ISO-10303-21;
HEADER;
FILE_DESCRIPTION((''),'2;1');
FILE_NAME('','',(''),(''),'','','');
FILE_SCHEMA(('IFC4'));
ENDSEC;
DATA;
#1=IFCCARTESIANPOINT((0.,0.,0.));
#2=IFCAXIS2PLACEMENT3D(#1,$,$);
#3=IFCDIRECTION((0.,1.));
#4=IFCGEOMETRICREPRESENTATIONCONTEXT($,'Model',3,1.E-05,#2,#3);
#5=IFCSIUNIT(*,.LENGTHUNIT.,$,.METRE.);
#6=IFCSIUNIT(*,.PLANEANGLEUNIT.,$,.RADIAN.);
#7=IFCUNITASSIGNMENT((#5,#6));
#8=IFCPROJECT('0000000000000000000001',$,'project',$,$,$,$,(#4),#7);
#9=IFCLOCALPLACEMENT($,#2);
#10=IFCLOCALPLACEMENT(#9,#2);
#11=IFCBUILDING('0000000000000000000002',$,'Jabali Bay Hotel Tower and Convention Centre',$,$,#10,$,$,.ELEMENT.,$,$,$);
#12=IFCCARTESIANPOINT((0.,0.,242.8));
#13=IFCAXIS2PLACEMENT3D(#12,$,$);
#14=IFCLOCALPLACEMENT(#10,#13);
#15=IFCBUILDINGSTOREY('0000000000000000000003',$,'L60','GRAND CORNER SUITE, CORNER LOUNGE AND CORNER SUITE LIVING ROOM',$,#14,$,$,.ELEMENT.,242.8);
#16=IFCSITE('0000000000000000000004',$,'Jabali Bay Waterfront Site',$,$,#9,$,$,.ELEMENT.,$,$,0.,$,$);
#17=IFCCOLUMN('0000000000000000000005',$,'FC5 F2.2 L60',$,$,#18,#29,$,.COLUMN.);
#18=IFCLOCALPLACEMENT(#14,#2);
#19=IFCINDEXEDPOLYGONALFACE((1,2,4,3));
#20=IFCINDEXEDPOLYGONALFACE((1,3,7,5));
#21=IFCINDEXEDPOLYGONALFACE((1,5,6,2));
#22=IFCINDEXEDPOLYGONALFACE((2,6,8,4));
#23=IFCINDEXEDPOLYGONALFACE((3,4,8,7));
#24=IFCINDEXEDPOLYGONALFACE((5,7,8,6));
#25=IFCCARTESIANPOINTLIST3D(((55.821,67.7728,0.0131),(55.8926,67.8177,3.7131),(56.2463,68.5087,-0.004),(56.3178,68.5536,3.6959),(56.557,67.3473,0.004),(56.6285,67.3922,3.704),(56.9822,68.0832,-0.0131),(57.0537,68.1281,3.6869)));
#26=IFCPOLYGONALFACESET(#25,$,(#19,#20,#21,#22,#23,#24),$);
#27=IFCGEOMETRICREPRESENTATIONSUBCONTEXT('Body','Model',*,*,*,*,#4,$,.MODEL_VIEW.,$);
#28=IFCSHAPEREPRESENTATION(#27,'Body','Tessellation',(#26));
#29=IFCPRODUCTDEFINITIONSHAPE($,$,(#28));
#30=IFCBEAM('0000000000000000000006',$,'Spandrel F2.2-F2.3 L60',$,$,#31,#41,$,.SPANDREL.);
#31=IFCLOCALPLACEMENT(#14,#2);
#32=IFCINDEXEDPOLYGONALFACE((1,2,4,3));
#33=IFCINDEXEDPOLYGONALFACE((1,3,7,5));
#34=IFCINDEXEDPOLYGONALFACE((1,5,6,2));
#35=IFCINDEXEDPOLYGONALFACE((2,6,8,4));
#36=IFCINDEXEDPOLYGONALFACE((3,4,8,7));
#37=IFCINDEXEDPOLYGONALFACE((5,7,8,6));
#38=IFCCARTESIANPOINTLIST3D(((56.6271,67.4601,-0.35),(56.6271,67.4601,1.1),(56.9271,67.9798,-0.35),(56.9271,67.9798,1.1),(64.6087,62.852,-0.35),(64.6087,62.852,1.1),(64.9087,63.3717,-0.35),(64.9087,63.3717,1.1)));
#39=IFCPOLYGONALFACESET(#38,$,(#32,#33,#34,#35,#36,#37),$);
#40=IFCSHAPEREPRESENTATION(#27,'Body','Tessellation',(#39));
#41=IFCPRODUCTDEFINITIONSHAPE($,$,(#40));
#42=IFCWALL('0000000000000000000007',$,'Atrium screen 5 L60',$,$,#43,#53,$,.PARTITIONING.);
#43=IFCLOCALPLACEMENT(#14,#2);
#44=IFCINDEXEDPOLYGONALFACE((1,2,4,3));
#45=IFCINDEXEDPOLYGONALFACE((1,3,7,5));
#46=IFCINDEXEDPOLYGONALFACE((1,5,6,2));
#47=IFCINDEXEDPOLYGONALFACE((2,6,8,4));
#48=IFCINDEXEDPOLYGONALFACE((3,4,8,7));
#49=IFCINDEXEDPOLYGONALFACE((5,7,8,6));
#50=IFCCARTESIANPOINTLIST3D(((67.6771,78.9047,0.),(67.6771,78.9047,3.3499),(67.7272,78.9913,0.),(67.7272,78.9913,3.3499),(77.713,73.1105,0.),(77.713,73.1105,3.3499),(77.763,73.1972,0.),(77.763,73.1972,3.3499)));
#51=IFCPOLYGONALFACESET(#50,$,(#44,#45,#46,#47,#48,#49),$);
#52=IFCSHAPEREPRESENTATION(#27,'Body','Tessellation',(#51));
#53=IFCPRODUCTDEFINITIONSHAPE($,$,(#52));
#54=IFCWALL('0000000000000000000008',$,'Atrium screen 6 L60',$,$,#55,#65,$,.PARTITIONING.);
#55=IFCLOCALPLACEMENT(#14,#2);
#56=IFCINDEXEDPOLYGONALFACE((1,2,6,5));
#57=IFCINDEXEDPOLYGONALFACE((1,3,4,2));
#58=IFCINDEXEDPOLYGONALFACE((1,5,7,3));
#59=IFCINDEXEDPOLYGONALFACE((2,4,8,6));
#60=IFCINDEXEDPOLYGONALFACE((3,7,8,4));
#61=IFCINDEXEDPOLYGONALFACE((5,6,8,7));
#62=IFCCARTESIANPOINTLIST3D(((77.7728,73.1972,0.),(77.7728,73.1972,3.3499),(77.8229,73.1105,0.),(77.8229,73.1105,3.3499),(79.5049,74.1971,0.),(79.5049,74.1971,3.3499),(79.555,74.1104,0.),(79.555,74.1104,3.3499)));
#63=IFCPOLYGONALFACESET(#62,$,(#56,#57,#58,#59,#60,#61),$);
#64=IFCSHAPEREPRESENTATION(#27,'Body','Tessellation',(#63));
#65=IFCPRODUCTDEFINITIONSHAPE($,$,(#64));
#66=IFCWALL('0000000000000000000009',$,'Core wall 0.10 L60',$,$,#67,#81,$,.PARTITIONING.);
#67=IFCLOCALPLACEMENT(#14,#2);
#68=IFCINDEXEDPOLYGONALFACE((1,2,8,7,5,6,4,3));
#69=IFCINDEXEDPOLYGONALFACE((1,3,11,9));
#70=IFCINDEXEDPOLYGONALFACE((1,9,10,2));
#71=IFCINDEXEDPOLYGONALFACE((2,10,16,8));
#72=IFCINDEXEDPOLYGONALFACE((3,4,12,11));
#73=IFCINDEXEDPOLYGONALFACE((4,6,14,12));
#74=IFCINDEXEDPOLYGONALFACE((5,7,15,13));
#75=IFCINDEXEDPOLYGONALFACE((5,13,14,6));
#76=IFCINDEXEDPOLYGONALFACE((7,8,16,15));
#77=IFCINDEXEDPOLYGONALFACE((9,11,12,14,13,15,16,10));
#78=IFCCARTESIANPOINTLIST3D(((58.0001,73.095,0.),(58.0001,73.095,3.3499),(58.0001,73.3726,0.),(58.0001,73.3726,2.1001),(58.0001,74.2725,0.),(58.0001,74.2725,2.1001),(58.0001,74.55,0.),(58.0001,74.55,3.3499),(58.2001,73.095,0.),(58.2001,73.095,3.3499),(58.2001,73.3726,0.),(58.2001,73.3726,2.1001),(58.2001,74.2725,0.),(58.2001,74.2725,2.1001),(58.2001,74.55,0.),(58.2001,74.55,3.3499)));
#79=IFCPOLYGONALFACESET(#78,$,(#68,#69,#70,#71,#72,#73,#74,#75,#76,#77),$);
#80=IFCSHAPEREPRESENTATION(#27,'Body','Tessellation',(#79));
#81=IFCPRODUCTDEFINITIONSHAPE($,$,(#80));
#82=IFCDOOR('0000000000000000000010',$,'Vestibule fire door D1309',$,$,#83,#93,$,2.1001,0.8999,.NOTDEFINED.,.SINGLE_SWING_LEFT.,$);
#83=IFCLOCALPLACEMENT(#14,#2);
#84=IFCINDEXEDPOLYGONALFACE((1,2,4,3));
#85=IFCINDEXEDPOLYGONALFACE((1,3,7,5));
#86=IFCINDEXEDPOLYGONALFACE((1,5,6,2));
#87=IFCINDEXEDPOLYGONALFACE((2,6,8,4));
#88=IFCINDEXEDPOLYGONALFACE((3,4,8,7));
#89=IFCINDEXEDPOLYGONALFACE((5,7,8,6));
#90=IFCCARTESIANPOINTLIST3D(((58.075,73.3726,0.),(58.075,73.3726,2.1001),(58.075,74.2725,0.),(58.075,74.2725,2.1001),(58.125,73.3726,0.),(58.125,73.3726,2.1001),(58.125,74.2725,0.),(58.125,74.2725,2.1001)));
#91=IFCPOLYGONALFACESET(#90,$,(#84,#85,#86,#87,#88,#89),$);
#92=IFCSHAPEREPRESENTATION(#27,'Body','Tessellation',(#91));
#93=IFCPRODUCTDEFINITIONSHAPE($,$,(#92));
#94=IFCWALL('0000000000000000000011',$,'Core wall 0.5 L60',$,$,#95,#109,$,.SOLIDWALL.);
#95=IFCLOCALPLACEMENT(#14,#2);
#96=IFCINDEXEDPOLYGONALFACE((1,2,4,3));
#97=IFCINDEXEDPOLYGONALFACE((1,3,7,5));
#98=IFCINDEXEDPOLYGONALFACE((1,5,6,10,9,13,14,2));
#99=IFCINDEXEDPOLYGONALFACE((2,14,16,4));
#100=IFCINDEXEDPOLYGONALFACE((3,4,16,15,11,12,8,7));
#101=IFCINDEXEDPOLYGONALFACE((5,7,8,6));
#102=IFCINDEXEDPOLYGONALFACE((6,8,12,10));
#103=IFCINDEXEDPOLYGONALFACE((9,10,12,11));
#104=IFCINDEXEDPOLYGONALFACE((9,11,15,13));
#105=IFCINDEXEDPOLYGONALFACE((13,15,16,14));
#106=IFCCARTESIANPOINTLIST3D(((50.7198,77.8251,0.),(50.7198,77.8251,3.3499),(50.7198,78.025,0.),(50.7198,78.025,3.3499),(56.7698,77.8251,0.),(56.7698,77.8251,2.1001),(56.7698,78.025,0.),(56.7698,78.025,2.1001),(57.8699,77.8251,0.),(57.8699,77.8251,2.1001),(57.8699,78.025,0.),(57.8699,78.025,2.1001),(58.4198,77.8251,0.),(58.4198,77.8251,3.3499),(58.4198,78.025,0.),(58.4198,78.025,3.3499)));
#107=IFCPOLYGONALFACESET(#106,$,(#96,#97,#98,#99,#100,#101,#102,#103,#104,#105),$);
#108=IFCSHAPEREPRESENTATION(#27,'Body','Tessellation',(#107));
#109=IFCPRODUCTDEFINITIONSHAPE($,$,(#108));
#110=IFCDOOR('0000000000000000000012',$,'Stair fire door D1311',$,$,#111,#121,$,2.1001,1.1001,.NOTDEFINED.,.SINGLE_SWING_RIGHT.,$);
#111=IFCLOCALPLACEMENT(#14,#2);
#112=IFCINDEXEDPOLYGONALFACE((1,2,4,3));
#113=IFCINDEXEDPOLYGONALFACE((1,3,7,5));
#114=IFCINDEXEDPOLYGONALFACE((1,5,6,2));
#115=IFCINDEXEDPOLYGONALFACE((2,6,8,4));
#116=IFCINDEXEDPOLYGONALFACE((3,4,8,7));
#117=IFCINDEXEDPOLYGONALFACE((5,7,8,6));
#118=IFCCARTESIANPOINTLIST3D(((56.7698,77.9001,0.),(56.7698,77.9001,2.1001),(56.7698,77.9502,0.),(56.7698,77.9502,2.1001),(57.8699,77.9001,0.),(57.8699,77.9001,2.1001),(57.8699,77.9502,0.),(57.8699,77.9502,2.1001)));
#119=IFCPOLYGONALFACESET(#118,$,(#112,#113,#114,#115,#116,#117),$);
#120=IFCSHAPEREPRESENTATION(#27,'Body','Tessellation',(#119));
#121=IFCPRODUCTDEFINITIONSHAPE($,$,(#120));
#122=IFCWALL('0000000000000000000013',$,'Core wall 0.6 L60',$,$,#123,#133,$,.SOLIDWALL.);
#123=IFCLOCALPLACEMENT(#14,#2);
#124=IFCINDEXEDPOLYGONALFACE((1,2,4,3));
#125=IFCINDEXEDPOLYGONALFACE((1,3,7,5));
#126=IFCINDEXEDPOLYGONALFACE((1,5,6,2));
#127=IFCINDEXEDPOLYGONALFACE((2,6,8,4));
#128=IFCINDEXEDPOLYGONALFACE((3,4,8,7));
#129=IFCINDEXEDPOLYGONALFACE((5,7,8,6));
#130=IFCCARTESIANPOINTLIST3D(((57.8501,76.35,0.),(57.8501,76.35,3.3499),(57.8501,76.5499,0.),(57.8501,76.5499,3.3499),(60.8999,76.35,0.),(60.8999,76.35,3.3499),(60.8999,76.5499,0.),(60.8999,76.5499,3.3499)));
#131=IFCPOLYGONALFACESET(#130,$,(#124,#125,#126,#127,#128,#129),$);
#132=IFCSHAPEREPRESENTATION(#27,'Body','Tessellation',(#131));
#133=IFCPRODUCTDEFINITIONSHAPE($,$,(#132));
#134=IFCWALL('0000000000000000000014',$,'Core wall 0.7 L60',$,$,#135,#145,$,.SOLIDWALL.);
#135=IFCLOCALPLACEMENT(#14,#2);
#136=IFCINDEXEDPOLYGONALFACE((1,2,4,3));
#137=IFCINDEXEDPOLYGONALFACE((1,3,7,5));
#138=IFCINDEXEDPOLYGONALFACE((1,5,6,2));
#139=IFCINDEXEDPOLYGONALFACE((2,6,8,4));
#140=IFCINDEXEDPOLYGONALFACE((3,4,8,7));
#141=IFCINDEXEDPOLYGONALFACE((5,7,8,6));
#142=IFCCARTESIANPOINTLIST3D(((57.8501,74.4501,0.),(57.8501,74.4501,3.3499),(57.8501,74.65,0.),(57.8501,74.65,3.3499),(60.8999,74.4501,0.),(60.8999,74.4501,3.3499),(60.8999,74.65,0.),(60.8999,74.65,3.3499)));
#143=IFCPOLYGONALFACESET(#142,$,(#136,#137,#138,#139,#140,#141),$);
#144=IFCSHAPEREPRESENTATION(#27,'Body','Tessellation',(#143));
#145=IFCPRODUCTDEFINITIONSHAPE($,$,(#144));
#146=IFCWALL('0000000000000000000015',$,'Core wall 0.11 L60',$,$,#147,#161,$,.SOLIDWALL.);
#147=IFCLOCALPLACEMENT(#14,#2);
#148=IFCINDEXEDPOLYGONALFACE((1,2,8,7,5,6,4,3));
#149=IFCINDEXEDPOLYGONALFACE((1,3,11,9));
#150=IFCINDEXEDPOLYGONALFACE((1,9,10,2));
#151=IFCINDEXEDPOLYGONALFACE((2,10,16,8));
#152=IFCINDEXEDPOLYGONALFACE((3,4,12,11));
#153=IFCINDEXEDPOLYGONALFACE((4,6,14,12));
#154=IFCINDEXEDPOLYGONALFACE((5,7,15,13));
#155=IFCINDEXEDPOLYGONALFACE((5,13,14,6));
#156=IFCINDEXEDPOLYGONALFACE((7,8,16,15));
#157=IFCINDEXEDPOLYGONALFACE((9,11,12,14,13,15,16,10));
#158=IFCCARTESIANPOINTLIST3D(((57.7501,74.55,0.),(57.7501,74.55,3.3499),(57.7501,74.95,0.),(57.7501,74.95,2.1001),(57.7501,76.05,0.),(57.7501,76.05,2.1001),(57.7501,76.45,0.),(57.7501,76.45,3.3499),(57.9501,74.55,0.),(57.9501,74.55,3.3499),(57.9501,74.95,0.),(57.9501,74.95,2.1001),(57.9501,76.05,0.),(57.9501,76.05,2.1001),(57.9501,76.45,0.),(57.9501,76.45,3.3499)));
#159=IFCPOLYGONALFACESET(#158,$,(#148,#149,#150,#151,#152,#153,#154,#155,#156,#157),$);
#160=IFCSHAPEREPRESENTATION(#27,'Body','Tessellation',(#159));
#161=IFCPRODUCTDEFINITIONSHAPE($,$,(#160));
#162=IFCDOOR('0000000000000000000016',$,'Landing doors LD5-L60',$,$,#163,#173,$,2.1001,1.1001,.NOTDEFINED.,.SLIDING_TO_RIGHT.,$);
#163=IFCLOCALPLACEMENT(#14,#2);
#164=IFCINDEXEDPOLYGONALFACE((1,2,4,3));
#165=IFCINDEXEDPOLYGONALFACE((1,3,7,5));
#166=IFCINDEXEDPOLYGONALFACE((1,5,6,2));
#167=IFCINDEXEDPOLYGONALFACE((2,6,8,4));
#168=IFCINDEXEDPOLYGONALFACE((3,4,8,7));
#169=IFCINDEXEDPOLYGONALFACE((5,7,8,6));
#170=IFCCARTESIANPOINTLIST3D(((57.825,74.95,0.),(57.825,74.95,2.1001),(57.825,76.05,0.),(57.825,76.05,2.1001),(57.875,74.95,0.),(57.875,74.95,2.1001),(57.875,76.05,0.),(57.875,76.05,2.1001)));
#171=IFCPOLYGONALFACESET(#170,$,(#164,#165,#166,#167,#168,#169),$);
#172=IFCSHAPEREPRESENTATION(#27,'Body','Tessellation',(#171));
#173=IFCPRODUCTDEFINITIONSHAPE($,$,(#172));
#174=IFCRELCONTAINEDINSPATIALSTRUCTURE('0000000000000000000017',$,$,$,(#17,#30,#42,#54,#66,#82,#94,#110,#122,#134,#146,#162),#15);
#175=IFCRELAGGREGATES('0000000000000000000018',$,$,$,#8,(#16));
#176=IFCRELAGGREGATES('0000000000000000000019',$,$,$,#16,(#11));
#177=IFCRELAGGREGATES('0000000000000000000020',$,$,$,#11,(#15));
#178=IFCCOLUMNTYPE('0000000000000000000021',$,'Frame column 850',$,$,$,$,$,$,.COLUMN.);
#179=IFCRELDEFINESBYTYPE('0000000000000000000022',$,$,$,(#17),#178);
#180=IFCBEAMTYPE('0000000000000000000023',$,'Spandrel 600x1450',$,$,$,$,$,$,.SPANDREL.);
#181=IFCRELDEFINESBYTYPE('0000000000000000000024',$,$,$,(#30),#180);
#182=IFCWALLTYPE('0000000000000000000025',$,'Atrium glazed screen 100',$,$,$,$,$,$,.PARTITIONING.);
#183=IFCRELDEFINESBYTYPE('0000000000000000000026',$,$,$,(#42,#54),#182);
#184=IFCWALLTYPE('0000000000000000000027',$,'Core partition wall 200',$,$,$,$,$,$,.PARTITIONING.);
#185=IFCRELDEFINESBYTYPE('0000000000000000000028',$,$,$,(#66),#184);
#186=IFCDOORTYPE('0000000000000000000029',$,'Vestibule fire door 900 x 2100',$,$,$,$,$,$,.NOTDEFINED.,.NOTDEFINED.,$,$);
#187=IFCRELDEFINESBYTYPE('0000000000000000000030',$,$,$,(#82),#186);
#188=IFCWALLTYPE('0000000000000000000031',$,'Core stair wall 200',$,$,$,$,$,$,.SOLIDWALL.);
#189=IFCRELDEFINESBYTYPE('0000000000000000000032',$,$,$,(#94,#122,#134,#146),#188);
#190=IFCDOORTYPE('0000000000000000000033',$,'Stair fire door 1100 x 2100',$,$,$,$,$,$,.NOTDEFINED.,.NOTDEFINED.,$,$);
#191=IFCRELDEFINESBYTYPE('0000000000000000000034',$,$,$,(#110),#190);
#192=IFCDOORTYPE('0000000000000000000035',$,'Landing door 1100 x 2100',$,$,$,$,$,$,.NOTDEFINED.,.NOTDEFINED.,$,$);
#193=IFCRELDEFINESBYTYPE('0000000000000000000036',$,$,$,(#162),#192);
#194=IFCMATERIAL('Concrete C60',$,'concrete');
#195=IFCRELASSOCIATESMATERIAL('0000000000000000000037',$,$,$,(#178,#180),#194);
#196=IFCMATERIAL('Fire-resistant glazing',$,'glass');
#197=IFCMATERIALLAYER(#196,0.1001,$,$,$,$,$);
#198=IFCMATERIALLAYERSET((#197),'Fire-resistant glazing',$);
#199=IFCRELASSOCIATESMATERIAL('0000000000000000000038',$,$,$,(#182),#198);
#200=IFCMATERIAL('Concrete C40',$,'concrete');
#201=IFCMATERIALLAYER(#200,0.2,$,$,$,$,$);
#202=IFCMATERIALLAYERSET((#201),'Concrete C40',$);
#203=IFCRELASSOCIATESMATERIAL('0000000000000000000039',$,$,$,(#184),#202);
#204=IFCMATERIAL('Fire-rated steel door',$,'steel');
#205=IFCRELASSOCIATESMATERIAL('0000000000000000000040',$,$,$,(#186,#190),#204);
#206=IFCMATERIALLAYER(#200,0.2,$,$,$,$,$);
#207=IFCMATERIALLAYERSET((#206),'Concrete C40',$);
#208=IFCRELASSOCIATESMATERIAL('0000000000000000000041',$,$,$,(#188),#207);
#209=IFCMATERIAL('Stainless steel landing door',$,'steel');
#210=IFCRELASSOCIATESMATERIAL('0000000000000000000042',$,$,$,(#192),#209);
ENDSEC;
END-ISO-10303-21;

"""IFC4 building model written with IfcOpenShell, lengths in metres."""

from ifc_helpers import new_model, si_unit, direction, frame, frame_2d, origin, origin_2d, place, context, subcontext, project, spatial, rectangle, extrude, material, layer, layer_set, material_profile, profile_set, type_object, element, fill, save


model = new_model("IFC4")

# Units and contexts
model_context = context("Model", 3, precision=1e-05, world=origin(), true_north=direction((0.0, 1.0)))
body_context = subcontext(model_context, "Body", "Model", "MODEL_VIEW")
ifc_project = project(units=[si_unit("LENGTHUNIT", "METRE"), si_unit("PLANEANGLEUNIT", "RADIAN")], contexts=[model_context])

# Site, building, storey
site_placement = place(None, origin())
site = spatial("IfcSite", under=ifc_project, at=site_placement, Name="Jabali Bay Waterfront Site", CompositionType="ELEMENT", RefElevation=0.0)
building_placement = place(site_placement, origin())
building = spatial("IfcBuilding", under=site, at=building_placement, Name="Jabali Bay Hotel Tower and Convention Centre", CompositionType="ELEMENT")
storey_placement = place(building_placement, frame((0.0, 0.0, 242.8)))
storey = spatial("IfcBuildingStorey", under=building, at=storey_placement, Name="L60", Description="GRAND CORNER SUITE, CORNER LOUNGE AND CORNER SUITE LIVING ROOM", CompositionType="ELEMENT", Elevation=242.8)

# Column
ifc_material_1 = material(Name="Concrete C60", Category="concrete")
ifc_material_profile_1 = material_profile(ifc_material_1, rectangle(XDim=0.8501, YDim=0.8501, at=origin_2d()), Name="Frame column 850")
ifc_profile_set_1 = profile_set([ifc_material_profile_1], Name="Concrete C60")
column_type = type_object("IfcColumnType", Name="Frame column 850", PredefinedType="COLUMN", material=ifc_profile_set_1)
column_placement = place(storey_placement, frame((56.4016, 67.928, 0.0), z_axis=(0.019329, 0.012138, 0.99974), x_axis=(-0.865686, 0.500474, 0.01066)))
element("IfcColumn", 1, at=column_placement, inside=storey, type_object=column_type, Name="FC5 F2.2 L60", PredefinedType="COLUMN", context=body_context, shape_type="SweptSolid", body=[
    extrude(rectangle(XDim=0.8501, YDim=0.8501, at=origin_2d()), origin(), (0.0, 0.0, 1.0), 3.7009),
])

# Beam
ifc_material_profile_2 = material_profile(ifc_material_1, rectangle(XDim=0.6001, YDim=1.45, at=origin_2d()), Name="Spandrel 600x1450")
ifc_profile_set_2 = profile_set([ifc_material_profile_2], Name="Concrete C60")
beam_type = type_object("IfcBeamType", Name="Spandrel 600x1450", PredefinedType="SPANDREL", material=ifc_profile_set_2)
beam_placement = place(storey_placement, frame((56.7771, 67.72, 0.375), z_axis=(0.866029, -0.499994, 0.0), x_axis=(0.499994, 0.866029, 0.0)))
element("IfcBeam", 2, at=beam_placement, inside=storey, type_object=beam_type, Name="Spandrel F2.2-F2.3 L60", PredefinedType="SPANDREL", context=body_context, shape_type="SweptSolid", body=[
    extrude(rectangle(XDim=0.6001, YDim=1.45, at=origin_2d()), origin(), (0.0, 0.0, 1.0), 9.2163),
])

# Walls
ifc_material_2 = material(Name="Fire-resistant glazing", Category="glass")
ifc_layer_1 = layer(ifc_material_2, 0.1001)
ifc_layer_set_1 = layer_set([ifc_layer_1], Name="Fire-resistant glazing")
wall_type_1 = type_object("IfcWallType", Name="Atrium glazed screen 100", PredefinedType="PARTITIONING", material=ifc_layer_set_1)
wall_1_placement = place(storey_placement, frame((67.7021, 78.948, 0.0), z_axis=(0.0, 0.0, 1.0), x_axis=(0.866027, -0.499998, 0.0)))
element("IfcWall", 3, at=wall_1_placement, inside=storey, type_object=wall_type_1, Name="Atrium screen 5 L60", PredefinedType="PARTITIONING", context=body_context, shape_type="SweptSolid", body=[
    extrude(rectangle(XDim=11.5884, YDim=0.1001, at=frame_2d((5.7942, 0.0))), origin(), (0.0, 0.0, 1.0), 3.3499),
])
wall_2_placement = place(storey_placement, frame((77.7979, 73.1538, 0.0), z_axis=(0.0, 0.0, 1.0), x_axis=(0.866041, 0.499973, 0.0)))
element("IfcWall", 4, at=wall_2_placement, inside=storey, type_object=wall_type_1, Name="Atrium screen 6 L60", PredefinedType="PARTITIONING", context=body_context, shape_type="SweptSolid", body=[
    extrude(rectangle(XDim=2.0, YDim=0.1001, at=frame_2d((1.0, 0.0))), origin(), (0.0, 0.0, 1.0), 3.3499),
])

# Walls, openings, doors
ifc_material_3 = material(Name="Concrete C40", Category="concrete")
ifc_layer_2 = layer(ifc_material_3, 0.2)
ifc_layer_set_2 = layer_set([ifc_layer_2], Name="Concrete C40")
wall_type_2 = type_object("IfcWallType", Name="Core partition wall 200", PredefinedType="PARTITIONING", material=ifc_layer_set_2)
wall_3_placement = place(storey_placement, frame((58.1001, 74.55, 0.0), z_axis=(0.0, 0.0, 1.0), x_axis=(0.0, -1.0, 0.0)))
wall_3 = element("IfcWall", 5, at=wall_3_placement, inside=storey, type_object=wall_type_2, Name="Core wall 0.10 L60", PredefinedType="PARTITIONING", context=body_context, shape_type="SweptSolid", body=[
    extrude(rectangle(XDim=1.4551, YDim=0.2, at=frame_2d((0.7275, 0.0))), origin(), (0.0, 0.0, 1.0), 3.3499),
])
opening_1_placement = place(wall_3_placement, frame((0.2776, 0.0, 0.0)))
opening_1 = element("IfcOpeningElement", 6, at=opening_1_placement, cuts=wall_3, PredefinedType="OPENING", context=body_context, shape_type="SweptSolid", body=[
    extrude(rectangle(XDim=0.8999, YDim=2.1001, at=frame_2d((0.45, 1.05))), frame((0.0, 0.1104, 0.0), z_axis=(0.0, -1.0, 0.0), x_axis=(1.0, 0.0, 0.0)), (0.0, 0.0, 1.0), 0.2209),
])
ifc_material_4 = material(Name="Fire-rated steel door", Category="steel")
door_type_1 = type_object("IfcDoorType", Name="Vestibule fire door 900 x 2100", OperationType="NOTDEFINED", PredefinedType="NOTDEFINED", material=ifc_material_4)
door_1_placement = place(opening_1_placement, origin())
door_1 = element("IfcDoor", 7, at=door_1_placement, inside=storey, type_object=door_type_1, Name="Vestibule fire door D1309", OperationType="SINGLE_SWING_LEFT", OverallHeight=2.1001, OverallWidth=0.8999, PredefinedType="NOTDEFINED", context=body_context, shape_type="SweptSolid", body=[
    extrude(rectangle(XDim=0.8999, YDim=2.1001, at=frame_2d((0.45, 1.05))), frame((0.0, 0.0249, 0.0), z_axis=(0.0, -1.0, 0.0), x_axis=(1.0, 0.0, 0.0)), (0.0, 0.0, 1.0), 0.05),
])
fill(opening_1, door_1)
ifc_layer_3 = layer(ifc_material_3, 0.2)
ifc_layer_set_3 = layer_set([ifc_layer_3], Name="Concrete C40")
wall_type_3 = type_object("IfcWallType", Name="Core stair wall 200", PredefinedType="SOLIDWALL", material=ifc_layer_set_3)
wall_4_placement = place(storey_placement, frame((58.4199, 77.925, 0.0), z_axis=(0.0, 0.0, 1.0), x_axis=(-1.0, 0.0, 0.0)))
wall_4 = element("IfcWall", 8, at=wall_4_placement, inside=storey, type_object=wall_type_3, Name="Core wall 0.5 L60", PredefinedType="SOLIDWALL", context=body_context, shape_type="SweptSolid", body=[
    extrude(rectangle(XDim=7.7, YDim=0.2, at=frame_2d((3.8501, 0.0))), origin(), (0.0, 0.0, 1.0), 3.3499),
])
opening_2_placement = place(wall_4_placement, frame((0.55, 0.0, 0.0)))
opening_2 = element("IfcOpeningElement", 9, at=opening_2_placement, cuts=wall_4, PredefinedType="OPENING", context=body_context, shape_type="SweptSolid", body=[
    extrude(rectangle(XDim=1.1001, YDim=2.1001, at=frame_2d((0.55, 1.05))), frame((0.0, 0.1104, 0.0), z_axis=(0.0, -1.0, 0.0), x_axis=(1.0, 0.0, 0.0)), (0.0, 0.0, 1.0), 0.2209),
])
door_type_2 = type_object("IfcDoorType", Name="Stair fire door 1100 x 2100", OperationType="NOTDEFINED", PredefinedType="NOTDEFINED", material=ifc_material_4)
door_2_placement = place(opening_2_placement, origin())
door_2 = element("IfcDoor", 10, at=door_2_placement, inside=storey, type_object=door_type_2, Name="Stair fire door D1311", OperationType="SINGLE_SWING_RIGHT", OverallHeight=2.1001, OverallWidth=1.1001, PredefinedType="NOTDEFINED", context=body_context, shape_type="SweptSolid", body=[
    extrude(rectangle(XDim=1.1001, YDim=2.1001, at=frame_2d((0.55, 1.05))), frame((0.0, 0.0249, 0.0), z_axis=(0.0, -1.0, 0.0), x_axis=(1.0, 0.0, 0.0)), (0.0, 0.0, 1.0), 0.05),
])
fill(opening_2, door_2)

# Walls
for number, where, z_axis, x_axis, name in (
    (11, (60.8999, 76.45, 0.0), (0.0, 0.0, 1.0), (-1.0, 0.0, 0.0), "Core wall 0.6 L60"),
    (12, (60.8999, 74.55, 0.0), (0.0, 0.0, 1.0), (-1.0, 0.0, 0.0), "Core wall 0.7 L60"),
):
    element("IfcWall", number, at=place(storey_placement, frame(where, z_axis=z_axis, x_axis=x_axis)), inside=storey, type_object=wall_type_3, Name=name, PredefinedType="SOLIDWALL", context=body_context, shape_type="SweptSolid", body=[
        extrude(rectangle(XDim=3.0498, YDim=0.2, at=frame_2d((1.5249, 0.0))), origin(), (0.0, 0.0, 1.0), 3.3499),
    ])

# Wall, opening, door
wall_5_placement = place(storey_placement, frame((57.8501, 76.45, 0.0), z_axis=(0.0, 0.0, 1.0), x_axis=(0.0, -1.0, 0.0)))
wall_5 = element("IfcWall", 13, at=wall_5_placement, inside=storey, type_object=wall_type_3, Name="Core wall 0.11 L60", PredefinedType="SOLIDWALL", context=body_context, shape_type="SweptSolid", body=[
    extrude(rectangle(XDim=1.8999, YDim=0.2, at=frame_2d((0.95, 0.0))), origin(), (0.0, 0.0, 1.0), 3.3499),
])
opening_3_placement = place(wall_5_placement, frame((0.3999, 0.0, 0.0)))
opening_3 = element("IfcOpeningElement", 14, at=opening_3_placement, cuts=wall_5, PredefinedType="OPENING", context=body_context, shape_type="SweptSolid", body=[
    extrude(rectangle(XDim=1.1001, YDim=2.1001, at=frame_2d((0.55, 1.05))), frame((0.0, 0.1104, 0.0), z_axis=(0.0, -1.0, 0.0), x_axis=(1.0, 0.0, 0.0)), (0.0, 0.0, 1.0), 0.2209),
])
ifc_material_5 = material(Name="Stainless steel landing door", Category="steel")
door_type_3 = type_object("IfcDoorType", Name="Landing door 1100 x 2100", OperationType="NOTDEFINED", PredefinedType="NOTDEFINED", material=ifc_material_5)
door_3_placement = place(opening_3_placement, origin())
door_3 = element("IfcDoor", 15, at=door_3_placement, inside=storey, type_object=door_type_3, Name="Landing doors LD5-L60", OperationType="SLIDING_TO_RIGHT", OverallHeight=2.1001, OverallWidth=1.1001, PredefinedType="NOTDEFINED", context=body_context, shape_type="SweptSolid", body=[
    extrude(rectangle(XDim=1.1001, YDim=2.1001, at=frame_2d((0.55, 1.05))), frame((0.0, 0.0249, 0.0), z_axis=(0.0, -1.0, 0.0), x_axis=(1.0, 0.0, 0.0)), (0.0, 0.0, 1.0), 0.05),
])
fill(opening_3, door_3)

save(model, "model.ifc")
